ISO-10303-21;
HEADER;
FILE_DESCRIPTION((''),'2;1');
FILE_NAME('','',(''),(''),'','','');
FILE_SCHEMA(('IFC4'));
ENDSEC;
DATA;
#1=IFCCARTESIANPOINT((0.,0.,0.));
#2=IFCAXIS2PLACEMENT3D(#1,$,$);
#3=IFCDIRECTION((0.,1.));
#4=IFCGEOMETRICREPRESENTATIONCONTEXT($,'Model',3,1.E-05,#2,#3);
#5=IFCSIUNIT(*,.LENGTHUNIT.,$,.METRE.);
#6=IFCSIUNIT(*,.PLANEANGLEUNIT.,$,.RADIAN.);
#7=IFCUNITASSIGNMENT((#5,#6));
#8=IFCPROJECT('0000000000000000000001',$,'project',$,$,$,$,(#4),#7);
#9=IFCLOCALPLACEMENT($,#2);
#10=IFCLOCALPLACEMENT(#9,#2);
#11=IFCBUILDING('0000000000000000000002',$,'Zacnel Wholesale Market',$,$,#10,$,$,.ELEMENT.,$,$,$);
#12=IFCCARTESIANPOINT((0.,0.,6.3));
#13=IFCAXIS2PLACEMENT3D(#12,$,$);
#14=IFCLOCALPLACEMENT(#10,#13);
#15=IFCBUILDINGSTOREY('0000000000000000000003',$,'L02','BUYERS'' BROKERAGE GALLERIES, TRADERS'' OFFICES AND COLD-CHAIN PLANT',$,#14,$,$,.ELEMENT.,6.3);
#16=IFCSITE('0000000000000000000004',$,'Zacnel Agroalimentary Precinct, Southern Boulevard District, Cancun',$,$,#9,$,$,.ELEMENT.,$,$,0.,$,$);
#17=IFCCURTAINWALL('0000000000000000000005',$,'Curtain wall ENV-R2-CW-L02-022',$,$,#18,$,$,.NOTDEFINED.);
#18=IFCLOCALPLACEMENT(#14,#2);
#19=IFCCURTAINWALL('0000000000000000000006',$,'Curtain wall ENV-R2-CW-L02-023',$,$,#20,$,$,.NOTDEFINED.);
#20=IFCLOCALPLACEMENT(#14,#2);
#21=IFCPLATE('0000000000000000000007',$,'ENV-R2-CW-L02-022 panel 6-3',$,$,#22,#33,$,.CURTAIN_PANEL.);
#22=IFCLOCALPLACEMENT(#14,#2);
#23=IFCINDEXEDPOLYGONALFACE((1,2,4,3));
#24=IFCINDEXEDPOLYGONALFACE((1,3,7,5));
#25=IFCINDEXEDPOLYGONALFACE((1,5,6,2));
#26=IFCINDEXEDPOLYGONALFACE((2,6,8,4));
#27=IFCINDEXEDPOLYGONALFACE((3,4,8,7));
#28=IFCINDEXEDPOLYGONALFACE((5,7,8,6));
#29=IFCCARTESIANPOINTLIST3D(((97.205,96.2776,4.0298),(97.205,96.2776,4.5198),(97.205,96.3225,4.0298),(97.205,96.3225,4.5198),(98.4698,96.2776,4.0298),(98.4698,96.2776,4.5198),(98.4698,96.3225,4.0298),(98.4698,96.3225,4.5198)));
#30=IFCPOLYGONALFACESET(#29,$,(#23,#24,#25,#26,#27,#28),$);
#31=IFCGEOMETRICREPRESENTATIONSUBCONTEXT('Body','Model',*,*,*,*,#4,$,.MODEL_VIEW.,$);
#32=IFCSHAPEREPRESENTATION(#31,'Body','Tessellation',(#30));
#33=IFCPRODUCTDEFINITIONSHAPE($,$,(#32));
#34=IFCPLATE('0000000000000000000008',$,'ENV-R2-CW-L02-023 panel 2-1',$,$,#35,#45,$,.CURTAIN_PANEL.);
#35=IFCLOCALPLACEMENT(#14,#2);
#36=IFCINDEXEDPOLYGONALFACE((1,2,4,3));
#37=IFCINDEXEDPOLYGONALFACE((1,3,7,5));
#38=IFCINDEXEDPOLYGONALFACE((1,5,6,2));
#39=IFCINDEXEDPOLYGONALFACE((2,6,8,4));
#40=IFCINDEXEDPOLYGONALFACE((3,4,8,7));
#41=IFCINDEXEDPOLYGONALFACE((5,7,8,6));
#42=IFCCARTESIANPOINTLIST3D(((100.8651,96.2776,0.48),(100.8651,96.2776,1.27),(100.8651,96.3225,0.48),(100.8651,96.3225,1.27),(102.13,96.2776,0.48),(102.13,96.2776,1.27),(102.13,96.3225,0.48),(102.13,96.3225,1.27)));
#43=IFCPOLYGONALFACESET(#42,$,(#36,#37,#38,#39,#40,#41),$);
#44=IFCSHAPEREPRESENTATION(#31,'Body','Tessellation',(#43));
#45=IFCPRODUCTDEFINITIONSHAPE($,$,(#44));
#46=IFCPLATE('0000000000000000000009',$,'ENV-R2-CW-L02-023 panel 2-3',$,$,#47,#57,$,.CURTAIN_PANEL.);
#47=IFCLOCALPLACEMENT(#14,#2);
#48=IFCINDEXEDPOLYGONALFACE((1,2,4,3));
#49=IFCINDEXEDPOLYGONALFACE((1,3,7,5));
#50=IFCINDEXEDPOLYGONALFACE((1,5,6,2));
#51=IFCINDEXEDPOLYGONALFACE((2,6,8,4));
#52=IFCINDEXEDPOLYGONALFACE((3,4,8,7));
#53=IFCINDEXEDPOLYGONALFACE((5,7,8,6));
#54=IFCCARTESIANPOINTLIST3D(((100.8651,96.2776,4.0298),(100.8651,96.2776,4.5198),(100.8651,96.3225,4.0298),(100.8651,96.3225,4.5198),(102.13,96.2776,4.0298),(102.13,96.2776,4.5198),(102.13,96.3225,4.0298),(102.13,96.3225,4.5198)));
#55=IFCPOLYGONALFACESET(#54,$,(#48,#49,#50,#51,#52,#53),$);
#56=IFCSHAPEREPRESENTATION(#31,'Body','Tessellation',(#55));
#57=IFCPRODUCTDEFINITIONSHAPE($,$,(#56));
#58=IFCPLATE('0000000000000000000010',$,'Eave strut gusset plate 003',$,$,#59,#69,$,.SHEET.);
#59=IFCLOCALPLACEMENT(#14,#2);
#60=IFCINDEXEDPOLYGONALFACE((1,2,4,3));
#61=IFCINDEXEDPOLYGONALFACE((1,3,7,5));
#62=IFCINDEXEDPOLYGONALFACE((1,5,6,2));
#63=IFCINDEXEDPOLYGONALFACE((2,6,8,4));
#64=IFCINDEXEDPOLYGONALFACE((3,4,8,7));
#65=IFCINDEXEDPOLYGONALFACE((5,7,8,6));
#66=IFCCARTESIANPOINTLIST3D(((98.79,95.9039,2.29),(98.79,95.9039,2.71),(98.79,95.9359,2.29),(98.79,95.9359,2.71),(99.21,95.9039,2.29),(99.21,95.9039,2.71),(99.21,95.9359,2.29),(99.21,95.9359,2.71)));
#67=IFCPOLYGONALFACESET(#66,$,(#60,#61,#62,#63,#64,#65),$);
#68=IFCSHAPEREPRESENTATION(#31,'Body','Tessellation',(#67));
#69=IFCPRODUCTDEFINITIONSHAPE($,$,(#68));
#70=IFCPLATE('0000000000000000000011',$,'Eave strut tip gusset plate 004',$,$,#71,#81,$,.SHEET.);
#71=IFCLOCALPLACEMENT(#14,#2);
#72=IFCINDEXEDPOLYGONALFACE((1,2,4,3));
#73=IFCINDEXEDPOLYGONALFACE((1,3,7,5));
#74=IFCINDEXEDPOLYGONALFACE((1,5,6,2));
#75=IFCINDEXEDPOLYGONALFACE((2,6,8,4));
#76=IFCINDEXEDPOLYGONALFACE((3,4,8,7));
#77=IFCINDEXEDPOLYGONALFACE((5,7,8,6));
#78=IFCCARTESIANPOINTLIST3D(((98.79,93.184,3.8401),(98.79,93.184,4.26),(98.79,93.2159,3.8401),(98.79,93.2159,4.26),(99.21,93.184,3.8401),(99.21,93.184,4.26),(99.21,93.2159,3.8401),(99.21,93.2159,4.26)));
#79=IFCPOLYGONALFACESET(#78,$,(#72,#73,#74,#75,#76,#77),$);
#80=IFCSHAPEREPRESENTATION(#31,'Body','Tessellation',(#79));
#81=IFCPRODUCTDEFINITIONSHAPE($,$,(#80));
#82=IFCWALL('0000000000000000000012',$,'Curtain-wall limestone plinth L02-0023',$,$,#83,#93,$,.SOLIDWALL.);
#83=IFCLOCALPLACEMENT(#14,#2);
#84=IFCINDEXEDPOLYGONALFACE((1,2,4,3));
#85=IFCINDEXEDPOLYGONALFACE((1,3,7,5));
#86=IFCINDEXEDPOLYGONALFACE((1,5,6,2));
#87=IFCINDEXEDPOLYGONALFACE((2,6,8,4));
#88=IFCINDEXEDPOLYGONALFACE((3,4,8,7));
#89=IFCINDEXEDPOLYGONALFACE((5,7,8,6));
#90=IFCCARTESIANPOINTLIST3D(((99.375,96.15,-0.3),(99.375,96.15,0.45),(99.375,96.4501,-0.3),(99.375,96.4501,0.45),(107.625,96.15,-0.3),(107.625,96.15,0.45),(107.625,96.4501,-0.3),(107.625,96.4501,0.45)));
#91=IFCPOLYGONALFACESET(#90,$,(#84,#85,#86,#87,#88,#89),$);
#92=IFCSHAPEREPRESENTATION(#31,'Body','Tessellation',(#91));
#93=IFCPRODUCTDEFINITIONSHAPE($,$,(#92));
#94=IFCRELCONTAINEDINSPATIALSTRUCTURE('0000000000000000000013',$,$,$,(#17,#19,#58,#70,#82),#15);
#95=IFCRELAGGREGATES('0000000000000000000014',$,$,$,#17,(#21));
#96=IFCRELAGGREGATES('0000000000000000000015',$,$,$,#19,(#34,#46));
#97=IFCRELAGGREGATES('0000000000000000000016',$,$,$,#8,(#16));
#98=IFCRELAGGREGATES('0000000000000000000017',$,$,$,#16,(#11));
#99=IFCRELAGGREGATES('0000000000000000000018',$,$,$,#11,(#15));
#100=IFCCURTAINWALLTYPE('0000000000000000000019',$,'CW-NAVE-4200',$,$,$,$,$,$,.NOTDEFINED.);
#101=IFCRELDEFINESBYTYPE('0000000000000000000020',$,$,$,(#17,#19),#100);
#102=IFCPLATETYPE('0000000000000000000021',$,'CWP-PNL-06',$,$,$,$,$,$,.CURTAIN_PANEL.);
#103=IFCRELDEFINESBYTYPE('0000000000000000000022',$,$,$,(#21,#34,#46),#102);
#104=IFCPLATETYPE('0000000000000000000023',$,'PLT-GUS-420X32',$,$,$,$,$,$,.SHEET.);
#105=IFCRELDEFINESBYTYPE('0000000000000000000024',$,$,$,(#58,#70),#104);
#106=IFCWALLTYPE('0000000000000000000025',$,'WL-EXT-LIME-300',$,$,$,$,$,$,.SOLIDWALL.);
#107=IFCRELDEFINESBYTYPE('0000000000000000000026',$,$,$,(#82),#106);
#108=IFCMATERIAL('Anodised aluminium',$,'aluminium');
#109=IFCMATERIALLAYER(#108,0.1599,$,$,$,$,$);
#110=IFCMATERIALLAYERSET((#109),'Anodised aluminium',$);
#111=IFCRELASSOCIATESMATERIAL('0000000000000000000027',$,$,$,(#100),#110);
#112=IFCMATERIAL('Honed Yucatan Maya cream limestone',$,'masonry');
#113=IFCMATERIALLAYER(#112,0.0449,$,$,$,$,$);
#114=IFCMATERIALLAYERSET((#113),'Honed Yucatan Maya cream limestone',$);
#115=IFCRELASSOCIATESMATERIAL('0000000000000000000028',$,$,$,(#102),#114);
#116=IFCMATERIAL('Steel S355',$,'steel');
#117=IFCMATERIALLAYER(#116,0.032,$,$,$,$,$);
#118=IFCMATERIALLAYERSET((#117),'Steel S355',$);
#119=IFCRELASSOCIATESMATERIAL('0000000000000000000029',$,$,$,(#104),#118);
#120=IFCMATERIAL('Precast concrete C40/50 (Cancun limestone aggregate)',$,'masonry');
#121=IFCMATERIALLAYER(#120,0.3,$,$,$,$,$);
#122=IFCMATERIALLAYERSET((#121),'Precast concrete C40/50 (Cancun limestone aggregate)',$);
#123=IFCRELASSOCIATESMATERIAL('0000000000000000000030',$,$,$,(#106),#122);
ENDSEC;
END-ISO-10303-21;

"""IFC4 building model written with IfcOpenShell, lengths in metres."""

from ifc_helpers import new_model, si_unit, direction, frame, frame_2d, origin, origin_2d, place, context, subcontext, project, spatial, rectangle, extrude, material, layer, layer_set, type_object, element, aggregate, save


model = new_model("IFC4")

# Units and contexts
model_context = context("Model", 3, precision=1e-05, world=origin(), true_north=direction((0.0, 1.0)))
body_context = subcontext(model_context, "Body", "Model", "MODEL_VIEW")
ifc_project = project(units=[si_unit("LENGTHUNIT", "METRE"), si_unit("PLANEANGLEUNIT", "RADIAN")], contexts=[model_context])

# Site, building, storey
site_placement = place(None, origin())
site = spatial("IfcSite", under=ifc_project, at=site_placement, Name="Zacnel Agroalimentary Precinct, Southern Boulevard District, Cancun", CompositionType="ELEMENT", RefElevation=0.0)
building_placement = place(site_placement, origin())
building = spatial("IfcBuilding", under=site, at=building_placement, Name="Zacnel Wholesale Market", CompositionType="ELEMENT")
storey_placement = place(building_placement, frame((0.0, 0.0, 6.3)))
storey = spatial("IfcBuildingStorey", under=building, at=storey_placement, Name="L02", Description="BUYERS' BROKERAGE GALLERIES, TRADERS' OFFICES AND COLD-CHAIN PLANT", CompositionType="ELEMENT", Elevation=6.3)

# Curtain wall
ifc_material_1 = material(Name="Anodised aluminium", Category="aluminium")
ifc_layer_1 = layer(ifc_material_1, 0.1599)
ifc_layer_set_1 = layer_set([ifc_layer_1], Name="Anodised aluminium")
curtain_wall_type = type_object("IfcCurtainWallType", Name="CW-NAVE-4200", PredefinedType="NOTDEFINED", material=ifc_layer_set_1)
curtain_wall_1_placement = place(storey_placement, origin())
curtain_wall_1 = element("IfcCurtainWall", 1, at=curtain_wall_1_placement, inside=storey, type_object=curtain_wall_type, Name="Curtain wall ENV-R2-CW-L02-022", PredefinedType="NOTDEFINED")

# Curtain wall
curtain_wall_2_placement = place(storey_placement, origin())
curtain_wall_2 = element("IfcCurtainWall", 2, at=curtain_wall_2_placement, inside=storey, type_object=curtain_wall_type, Name="Curtain wall ENV-R2-CW-L02-023", PredefinedType="NOTDEFINED")

# Plates
ifc_material_2 = material(Name="Honed Yucatan Maya cream limestone", Category="masonry")
ifc_layer_2 = layer(ifc_material_2, 0.0449)
ifc_layer_set_2 = layer_set([ifc_layer_2], Name="Honed Yucatan Maya cream limestone")
plate_type_1 = type_object("IfcPlateType", Name="CWP-PNL-06", PredefinedType="CURTAIN_PANEL", material=ifc_layer_set_2)
plate_1_placement = place(storey_placement, frame((97.8374, 96.3, 4.0298), z_axis=(0.0, 0.0, 1.0), x_axis=(1.0, 0.0, 0.0)))
plate_1 = element("IfcPlate", 3, at=plate_1_placement, type_object=plate_type_1, Name="ENV-R2-CW-L02-022 panel 6-3", PredefinedType="CURTAIN_PANEL", context=body_context, shape_type="SweptSolid", body=[
    extrude(rectangle(XDim=1.2649, YDim=0.0449, at=origin_2d()), origin(), (0.0, 0.0, 1.0), 0.49),
])
aggregate(curtain_wall_1, [plate_1])
plate_2_placement = place(storey_placement, frame((101.4976, 96.3, 0.48), z_axis=(0.0, 0.0, 1.0), x_axis=(1.0, 0.0, 0.0)))
plate_2 = element("IfcPlate", 4, at=plate_2_placement, type_object=plate_type_1, Name="ENV-R2-CW-L02-023 panel 2-1", PredefinedType="CURTAIN_PANEL", context=body_context, shape_type="SweptSolid", body=[
    extrude(rectangle(XDim=1.2649, YDim=0.0449, at=origin_2d()), origin(), (0.0, 0.0, 1.0), 0.79),
])
plate_3_placement = place(storey_placement, frame((101.4976, 96.3, 4.0298), z_axis=(0.0, 0.0, 1.0), x_axis=(1.0, 0.0, 0.0)))
plate_3 = element("IfcPlate", 5, at=plate_3_placement, type_object=plate_type_1, Name="ENV-R2-CW-L02-023 panel 2-3", PredefinedType="CURTAIN_PANEL", context=body_context, shape_type="SweptSolid", body=[
    extrude(rectangle(XDim=1.2649, YDim=0.0449, at=origin_2d()), origin(), (0.0, 0.0, 1.0), 0.49),
])
aggregate(curtain_wall_2, [plate_2, plate_3])

# Plates
ifc_material_3 = material(Name="Steel S355", Category="steel")
ifc_layer_3 = layer(ifc_material_3, 0.032)
ifc_layer_set_3 = layer_set([ifc_layer_3], Name="Steel S355")
plate_type_2 = type_object("IfcPlateType", Name="PLT-GUS-420X32", PredefinedType="SHEET", material=ifc_layer_set_3)
for number, where, z_axis, x_axis, name in (
    (6, (99.0, 95.9199, 2.29), (0.0, 0.0, 1.0), (1.0, 0.0, 0.0), "Eave strut gusset plate 003"),
    (7, (99.0, 93.2, 3.8401), (0.0, 0.0, 1.0), (1.0, 0.0, 0.0), "Eave strut tip gusset plate 004"),
):
    element("IfcPlate", number, at=place(storey_placement, frame(where, z_axis=z_axis, x_axis=x_axis)), inside=storey, type_object=plate_type_2, Name=name, PredefinedType="SHEET", context=body_context, shape_type="SweptSolid", body=[
        extrude(rectangle(XDim=0.4199, YDim=0.032, at=origin_2d()), origin(), (0.0, 0.0, 1.0), 0.4199),
    ])

# Wall
ifc_material_4 = material(Name="Precast concrete C40/50 (Cancun limestone aggregate)", Category="masonry")
ifc_layer_4 = layer(ifc_material_4, 0.3)
ifc_layer_set_4 = layer_set([ifc_layer_4], Name="Precast concrete C40/50 (Cancun limestone aggregate)")
wall_type = type_object("IfcWallType", Name="WL-EXT-LIME-300", PredefinedType="SOLIDWALL", material=ifc_layer_set_4)
wall_placement = place(storey_placement, frame((99.375, 96.3, -0.3), z_axis=(0.0, 0.0, 1.0), x_axis=(1.0, 0.0, 0.0)))
element("IfcWall", 8, at=wall_placement, inside=storey, type_object=wall_type, Name="Curtain-wall limestone plinth L02-0023", PredefinedType="SOLIDWALL", context=body_context, shape_type="SweptSolid", body=[
    extrude(rectangle(XDim=8.25, YDim=0.3, at=frame_2d((4.125, 0.0))), origin(), (0.0, 0.0, 1.0), 0.75),
])

save(model, "model.ifc")
